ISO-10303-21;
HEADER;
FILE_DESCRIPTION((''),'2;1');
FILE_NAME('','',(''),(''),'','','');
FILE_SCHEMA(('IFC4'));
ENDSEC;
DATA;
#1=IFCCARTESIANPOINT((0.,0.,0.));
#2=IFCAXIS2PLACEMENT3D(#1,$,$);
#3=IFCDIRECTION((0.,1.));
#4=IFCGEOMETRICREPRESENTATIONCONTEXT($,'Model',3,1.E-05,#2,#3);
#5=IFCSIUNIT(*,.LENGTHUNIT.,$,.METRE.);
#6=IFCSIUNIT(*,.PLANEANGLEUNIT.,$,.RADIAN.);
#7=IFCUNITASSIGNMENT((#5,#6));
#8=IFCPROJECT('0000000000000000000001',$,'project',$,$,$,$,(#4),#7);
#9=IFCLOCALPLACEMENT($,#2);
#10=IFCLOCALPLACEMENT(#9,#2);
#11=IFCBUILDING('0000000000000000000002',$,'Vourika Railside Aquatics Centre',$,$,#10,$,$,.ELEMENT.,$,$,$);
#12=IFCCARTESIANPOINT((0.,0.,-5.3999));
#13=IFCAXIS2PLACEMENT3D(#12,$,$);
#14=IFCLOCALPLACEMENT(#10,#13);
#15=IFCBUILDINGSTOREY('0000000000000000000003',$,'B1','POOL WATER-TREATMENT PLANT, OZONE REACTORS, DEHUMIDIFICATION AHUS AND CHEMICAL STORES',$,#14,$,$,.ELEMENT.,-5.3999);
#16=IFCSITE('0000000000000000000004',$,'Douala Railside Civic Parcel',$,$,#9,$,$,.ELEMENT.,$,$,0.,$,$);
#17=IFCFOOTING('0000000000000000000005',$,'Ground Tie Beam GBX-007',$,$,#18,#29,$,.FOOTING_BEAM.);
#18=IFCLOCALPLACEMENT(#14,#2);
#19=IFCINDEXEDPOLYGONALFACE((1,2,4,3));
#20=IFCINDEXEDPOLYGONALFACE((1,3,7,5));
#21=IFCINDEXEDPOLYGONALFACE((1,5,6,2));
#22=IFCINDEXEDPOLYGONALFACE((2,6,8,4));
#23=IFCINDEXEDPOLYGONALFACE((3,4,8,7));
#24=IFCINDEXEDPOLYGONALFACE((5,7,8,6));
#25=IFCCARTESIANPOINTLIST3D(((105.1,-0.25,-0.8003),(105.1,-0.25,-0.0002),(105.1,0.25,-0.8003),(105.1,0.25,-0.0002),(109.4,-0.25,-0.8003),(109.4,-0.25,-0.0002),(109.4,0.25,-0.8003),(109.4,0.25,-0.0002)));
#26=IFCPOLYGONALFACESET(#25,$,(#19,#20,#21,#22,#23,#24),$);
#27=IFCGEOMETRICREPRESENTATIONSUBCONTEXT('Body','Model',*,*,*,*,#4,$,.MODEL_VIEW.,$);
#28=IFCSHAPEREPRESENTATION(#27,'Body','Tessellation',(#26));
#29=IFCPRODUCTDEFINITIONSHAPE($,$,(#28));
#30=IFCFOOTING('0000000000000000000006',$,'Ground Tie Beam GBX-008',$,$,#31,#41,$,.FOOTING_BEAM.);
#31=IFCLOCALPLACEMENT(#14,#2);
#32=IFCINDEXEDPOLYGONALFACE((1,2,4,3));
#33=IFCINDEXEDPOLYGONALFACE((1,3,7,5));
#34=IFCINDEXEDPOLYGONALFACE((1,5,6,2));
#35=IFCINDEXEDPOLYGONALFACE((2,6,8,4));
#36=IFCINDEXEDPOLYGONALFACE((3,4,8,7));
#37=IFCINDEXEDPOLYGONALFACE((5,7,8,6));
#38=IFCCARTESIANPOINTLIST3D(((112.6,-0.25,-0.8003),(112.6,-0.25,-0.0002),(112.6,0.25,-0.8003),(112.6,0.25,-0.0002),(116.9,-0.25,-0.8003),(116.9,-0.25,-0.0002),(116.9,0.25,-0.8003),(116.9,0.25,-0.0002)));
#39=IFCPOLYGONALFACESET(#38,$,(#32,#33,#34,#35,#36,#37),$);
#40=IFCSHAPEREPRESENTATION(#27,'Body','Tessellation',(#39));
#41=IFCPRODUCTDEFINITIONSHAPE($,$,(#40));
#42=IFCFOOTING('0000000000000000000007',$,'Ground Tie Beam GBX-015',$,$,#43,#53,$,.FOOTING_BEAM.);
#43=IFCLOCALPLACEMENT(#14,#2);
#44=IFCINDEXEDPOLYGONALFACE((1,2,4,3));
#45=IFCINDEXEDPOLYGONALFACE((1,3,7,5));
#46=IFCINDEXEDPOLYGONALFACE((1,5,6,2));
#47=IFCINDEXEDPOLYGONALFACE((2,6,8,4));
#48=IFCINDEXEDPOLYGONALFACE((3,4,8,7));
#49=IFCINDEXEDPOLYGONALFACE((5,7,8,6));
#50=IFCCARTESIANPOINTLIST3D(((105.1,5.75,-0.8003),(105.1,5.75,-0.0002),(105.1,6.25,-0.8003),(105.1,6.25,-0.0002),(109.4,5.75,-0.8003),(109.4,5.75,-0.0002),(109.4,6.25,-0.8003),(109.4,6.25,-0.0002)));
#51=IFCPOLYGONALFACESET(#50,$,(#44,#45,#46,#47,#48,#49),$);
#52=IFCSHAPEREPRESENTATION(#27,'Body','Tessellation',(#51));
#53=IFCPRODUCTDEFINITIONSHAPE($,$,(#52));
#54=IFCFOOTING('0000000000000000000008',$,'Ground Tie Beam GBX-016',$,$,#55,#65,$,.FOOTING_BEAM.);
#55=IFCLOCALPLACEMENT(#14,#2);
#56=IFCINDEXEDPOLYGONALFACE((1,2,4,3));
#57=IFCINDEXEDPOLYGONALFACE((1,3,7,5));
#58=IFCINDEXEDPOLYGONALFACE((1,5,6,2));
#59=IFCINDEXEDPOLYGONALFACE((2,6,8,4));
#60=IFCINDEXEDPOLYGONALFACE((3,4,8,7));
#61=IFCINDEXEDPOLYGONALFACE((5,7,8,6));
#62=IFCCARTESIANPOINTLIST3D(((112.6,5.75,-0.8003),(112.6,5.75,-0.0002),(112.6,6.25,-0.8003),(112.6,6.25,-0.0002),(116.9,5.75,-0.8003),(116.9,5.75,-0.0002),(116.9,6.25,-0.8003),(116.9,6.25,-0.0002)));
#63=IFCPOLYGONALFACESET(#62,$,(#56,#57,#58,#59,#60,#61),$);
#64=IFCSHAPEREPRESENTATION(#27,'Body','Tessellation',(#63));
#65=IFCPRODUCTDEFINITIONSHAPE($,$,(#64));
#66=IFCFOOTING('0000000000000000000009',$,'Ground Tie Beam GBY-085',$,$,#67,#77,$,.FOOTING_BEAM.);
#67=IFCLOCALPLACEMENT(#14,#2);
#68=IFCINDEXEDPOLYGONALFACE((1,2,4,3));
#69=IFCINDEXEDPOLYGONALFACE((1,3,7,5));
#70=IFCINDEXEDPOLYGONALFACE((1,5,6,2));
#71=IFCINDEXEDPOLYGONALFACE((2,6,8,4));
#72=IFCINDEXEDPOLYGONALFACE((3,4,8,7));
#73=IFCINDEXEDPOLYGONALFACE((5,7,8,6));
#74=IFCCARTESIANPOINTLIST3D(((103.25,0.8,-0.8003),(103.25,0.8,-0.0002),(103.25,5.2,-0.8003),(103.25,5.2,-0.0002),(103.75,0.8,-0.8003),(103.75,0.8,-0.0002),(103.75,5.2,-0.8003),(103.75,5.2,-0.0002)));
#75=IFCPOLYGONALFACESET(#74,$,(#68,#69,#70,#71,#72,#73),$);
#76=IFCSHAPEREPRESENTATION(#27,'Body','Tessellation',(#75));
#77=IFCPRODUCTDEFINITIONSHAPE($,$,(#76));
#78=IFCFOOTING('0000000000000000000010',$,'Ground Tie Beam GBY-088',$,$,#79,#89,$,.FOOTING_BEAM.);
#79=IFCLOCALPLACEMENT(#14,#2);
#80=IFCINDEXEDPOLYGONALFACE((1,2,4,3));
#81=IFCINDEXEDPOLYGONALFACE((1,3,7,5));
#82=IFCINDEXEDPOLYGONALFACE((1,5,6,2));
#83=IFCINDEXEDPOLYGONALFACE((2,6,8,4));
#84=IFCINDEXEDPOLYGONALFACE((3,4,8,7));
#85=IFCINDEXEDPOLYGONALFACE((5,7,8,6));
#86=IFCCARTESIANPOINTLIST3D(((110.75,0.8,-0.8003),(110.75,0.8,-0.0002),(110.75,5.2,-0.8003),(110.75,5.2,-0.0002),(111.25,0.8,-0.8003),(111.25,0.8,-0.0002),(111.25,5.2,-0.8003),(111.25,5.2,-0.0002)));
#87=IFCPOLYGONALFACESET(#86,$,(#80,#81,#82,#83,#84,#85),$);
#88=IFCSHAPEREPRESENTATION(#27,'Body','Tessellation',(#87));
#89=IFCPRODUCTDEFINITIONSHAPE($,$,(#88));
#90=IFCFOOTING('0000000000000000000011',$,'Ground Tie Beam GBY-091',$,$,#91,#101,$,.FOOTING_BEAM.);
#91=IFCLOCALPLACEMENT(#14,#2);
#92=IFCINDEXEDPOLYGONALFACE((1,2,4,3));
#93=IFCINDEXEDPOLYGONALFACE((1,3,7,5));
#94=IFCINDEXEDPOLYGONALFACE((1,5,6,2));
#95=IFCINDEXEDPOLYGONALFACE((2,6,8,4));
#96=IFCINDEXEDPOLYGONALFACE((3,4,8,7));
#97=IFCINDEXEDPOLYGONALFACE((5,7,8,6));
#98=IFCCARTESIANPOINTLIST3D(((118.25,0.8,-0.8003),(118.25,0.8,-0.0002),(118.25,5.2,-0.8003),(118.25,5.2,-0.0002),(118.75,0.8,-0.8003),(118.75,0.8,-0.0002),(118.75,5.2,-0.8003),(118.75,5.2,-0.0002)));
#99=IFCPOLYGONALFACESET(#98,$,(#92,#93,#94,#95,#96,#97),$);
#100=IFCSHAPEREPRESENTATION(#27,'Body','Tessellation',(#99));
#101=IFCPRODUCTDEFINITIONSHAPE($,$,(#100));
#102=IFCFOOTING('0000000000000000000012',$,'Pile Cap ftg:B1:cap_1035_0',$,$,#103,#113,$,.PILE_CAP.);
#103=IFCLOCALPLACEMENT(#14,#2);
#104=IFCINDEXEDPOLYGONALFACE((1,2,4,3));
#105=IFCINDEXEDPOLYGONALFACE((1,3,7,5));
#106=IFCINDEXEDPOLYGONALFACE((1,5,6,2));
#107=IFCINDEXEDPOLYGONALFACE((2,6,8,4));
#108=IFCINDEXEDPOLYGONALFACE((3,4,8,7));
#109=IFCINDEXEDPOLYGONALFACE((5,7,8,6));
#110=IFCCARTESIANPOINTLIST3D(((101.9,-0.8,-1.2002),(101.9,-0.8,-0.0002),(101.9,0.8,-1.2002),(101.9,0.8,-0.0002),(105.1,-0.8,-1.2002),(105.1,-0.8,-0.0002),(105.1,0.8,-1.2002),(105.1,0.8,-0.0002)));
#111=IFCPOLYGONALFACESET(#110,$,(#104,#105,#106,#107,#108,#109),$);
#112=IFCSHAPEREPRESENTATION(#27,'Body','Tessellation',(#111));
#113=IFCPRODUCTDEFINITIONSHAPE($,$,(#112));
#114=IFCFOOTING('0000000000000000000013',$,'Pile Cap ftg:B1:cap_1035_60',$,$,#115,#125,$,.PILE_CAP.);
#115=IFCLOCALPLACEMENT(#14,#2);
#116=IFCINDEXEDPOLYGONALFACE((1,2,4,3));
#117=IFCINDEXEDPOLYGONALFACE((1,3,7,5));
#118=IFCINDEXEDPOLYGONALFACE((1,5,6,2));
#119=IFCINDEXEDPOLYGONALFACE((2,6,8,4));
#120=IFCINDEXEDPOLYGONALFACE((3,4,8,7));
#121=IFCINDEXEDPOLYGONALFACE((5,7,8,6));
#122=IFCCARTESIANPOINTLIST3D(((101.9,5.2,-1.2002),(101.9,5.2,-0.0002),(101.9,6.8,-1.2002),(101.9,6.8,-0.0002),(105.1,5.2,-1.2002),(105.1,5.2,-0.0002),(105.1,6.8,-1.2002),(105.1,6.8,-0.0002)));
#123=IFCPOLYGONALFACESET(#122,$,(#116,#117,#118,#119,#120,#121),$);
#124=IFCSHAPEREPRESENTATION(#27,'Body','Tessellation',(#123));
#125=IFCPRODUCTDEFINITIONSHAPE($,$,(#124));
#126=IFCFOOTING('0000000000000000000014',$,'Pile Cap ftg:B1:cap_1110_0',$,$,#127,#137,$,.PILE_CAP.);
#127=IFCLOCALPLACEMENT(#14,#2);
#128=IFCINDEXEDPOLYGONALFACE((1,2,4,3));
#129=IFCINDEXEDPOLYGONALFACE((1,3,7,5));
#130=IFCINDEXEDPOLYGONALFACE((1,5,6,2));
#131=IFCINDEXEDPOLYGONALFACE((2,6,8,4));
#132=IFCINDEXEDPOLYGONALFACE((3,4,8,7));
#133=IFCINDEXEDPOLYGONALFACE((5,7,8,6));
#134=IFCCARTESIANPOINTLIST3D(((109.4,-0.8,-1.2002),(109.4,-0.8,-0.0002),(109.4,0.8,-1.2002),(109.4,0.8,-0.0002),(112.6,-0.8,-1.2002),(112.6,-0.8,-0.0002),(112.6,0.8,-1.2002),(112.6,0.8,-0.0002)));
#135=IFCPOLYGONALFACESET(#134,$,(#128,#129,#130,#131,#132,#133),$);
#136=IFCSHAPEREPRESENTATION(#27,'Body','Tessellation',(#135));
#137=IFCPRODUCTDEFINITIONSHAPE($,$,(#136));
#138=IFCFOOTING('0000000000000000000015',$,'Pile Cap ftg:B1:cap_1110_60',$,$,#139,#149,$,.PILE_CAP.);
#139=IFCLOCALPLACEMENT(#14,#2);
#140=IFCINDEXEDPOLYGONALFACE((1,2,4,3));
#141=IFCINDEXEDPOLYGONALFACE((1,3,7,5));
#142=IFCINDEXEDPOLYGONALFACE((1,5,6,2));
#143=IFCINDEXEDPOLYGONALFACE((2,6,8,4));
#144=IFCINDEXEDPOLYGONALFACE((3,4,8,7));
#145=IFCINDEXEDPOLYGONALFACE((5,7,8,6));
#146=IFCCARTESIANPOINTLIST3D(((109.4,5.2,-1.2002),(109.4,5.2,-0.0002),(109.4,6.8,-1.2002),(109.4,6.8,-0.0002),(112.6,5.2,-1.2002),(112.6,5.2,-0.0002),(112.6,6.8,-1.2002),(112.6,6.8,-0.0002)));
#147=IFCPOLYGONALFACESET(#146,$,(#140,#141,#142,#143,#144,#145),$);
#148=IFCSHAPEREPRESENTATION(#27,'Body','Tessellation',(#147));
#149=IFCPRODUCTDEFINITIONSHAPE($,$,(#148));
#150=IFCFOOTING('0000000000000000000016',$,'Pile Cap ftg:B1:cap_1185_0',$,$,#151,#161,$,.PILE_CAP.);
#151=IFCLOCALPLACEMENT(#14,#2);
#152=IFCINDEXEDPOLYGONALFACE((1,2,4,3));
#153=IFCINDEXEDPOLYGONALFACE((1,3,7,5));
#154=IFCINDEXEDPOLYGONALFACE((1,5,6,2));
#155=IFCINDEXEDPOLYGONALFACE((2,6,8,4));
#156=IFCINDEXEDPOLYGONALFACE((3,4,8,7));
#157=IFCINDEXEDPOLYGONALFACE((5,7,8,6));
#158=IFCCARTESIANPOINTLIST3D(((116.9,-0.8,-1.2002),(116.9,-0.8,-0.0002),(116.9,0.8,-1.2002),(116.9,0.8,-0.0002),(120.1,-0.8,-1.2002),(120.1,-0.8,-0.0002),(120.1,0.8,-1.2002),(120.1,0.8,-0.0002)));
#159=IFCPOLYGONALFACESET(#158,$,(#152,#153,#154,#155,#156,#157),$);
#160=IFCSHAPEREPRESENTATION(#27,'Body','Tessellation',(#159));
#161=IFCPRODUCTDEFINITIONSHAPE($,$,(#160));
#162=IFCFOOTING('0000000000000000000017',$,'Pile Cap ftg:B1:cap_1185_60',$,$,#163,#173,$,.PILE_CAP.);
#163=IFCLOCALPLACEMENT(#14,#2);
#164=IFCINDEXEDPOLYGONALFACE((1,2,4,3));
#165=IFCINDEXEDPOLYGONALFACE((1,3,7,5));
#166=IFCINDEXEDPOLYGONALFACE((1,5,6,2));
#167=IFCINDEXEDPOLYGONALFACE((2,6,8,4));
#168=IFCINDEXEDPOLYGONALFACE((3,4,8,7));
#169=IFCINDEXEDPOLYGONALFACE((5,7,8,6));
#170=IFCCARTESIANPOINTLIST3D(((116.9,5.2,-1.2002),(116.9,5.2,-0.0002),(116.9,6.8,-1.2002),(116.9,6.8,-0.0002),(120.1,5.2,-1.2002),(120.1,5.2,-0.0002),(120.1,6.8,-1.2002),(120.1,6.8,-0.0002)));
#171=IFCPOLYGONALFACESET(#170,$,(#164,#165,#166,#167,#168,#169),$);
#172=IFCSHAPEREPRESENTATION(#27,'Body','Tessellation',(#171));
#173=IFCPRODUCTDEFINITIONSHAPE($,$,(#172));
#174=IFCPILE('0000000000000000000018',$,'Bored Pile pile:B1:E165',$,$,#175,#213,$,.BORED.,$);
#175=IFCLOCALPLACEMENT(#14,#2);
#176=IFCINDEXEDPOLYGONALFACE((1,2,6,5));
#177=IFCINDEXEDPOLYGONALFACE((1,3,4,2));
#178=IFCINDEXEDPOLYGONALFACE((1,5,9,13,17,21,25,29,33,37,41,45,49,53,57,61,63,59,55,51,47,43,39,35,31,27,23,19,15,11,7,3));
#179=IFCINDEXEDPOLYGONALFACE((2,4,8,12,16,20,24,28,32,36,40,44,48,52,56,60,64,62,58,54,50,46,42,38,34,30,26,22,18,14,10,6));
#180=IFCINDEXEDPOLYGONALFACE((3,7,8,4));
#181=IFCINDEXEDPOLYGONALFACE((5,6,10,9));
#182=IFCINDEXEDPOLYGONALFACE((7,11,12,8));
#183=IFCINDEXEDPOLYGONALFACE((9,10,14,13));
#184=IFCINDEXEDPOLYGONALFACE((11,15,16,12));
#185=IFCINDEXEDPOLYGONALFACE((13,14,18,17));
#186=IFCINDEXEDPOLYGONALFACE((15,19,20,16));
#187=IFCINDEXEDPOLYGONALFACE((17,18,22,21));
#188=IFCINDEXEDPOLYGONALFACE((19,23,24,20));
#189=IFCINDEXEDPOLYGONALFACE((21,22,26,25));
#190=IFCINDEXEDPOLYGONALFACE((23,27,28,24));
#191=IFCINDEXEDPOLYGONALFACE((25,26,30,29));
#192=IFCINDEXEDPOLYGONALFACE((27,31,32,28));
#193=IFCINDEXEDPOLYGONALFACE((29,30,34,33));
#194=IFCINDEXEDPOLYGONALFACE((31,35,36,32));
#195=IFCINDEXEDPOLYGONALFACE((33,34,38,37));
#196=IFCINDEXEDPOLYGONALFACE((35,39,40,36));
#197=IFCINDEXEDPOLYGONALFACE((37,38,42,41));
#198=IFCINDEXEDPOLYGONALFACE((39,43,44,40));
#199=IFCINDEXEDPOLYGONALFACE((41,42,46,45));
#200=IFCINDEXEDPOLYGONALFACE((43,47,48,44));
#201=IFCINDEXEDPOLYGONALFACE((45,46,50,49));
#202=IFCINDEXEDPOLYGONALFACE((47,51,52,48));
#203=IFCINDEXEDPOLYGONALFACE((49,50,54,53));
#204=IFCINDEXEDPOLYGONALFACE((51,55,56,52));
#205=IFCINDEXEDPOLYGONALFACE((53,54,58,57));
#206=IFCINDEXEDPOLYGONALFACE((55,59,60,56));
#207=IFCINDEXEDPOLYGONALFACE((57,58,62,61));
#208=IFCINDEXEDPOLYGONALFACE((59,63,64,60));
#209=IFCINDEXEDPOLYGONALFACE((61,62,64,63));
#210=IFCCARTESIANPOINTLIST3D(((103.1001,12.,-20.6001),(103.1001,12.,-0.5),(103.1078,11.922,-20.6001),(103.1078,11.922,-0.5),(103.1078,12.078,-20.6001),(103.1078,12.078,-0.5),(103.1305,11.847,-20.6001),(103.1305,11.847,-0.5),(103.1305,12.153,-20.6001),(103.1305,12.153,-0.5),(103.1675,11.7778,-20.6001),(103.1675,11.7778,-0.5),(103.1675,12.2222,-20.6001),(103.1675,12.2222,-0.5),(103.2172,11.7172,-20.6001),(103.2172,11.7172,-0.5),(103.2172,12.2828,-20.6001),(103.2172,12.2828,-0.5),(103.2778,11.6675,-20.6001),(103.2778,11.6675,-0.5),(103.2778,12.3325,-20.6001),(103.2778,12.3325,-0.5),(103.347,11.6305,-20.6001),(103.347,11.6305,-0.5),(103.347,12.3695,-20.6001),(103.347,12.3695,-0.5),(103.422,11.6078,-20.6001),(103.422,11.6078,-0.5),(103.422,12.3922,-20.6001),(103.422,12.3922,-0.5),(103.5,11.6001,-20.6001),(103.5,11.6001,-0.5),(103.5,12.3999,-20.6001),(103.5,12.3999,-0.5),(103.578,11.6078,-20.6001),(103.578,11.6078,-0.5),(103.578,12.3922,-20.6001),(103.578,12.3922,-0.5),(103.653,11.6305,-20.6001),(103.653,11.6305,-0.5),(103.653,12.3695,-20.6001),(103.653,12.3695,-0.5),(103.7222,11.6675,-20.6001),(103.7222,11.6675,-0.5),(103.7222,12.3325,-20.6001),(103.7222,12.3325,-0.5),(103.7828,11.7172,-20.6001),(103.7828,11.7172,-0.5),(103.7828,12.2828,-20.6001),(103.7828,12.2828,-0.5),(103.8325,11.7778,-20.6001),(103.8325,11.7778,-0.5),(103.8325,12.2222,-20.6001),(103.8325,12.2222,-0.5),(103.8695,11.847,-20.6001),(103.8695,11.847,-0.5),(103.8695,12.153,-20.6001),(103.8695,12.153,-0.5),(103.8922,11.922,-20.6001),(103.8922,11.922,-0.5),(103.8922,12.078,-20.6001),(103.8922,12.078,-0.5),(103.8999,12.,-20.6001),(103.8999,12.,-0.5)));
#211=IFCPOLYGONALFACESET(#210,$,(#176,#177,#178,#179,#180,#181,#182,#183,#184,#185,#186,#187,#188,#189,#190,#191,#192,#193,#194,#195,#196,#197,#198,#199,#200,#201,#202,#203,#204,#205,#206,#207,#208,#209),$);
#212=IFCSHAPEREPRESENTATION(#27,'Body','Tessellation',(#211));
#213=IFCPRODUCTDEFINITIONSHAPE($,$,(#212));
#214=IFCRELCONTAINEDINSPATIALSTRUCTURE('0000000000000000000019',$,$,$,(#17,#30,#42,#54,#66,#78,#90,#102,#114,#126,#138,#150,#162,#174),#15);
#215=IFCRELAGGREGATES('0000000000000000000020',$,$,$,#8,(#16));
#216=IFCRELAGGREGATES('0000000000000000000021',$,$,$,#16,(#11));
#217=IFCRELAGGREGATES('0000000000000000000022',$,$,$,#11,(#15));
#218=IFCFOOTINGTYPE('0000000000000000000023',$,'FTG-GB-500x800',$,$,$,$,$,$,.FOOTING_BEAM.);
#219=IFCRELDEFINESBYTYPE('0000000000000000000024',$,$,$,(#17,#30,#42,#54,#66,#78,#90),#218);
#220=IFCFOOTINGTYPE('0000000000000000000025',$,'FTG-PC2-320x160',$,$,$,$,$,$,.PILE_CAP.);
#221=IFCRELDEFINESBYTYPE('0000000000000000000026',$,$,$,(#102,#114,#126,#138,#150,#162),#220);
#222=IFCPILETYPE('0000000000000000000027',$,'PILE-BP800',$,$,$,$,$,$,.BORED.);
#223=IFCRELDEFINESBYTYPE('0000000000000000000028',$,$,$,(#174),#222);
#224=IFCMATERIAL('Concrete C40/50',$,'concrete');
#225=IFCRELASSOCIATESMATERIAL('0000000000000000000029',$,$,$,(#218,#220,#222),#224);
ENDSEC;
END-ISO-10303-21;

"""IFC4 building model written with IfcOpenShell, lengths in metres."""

from ifc_helpers import new_model, si_unit, direction, frame, origin, origin_2d, place, context, subcontext, project, spatial, rectangle, circle, extrude, material, material_profile, profile_set, type_object, element, save


model = new_model("IFC4")

# Units and contexts
model_context = context("Model", 3, precision=1e-05, world=origin(), true_north=direction((0.0, 1.0)))
body_context = subcontext(model_context, "Body", "Model", "MODEL_VIEW")
ifc_project = project(units=[si_unit("LENGTHUNIT", "METRE"), si_unit("PLANEANGLEUNIT", "RADIAN")], contexts=[model_context])

# Site, building, storey
site_placement = place(None, origin())
site = spatial("IfcSite", under=ifc_project, at=site_placement, Name="Douala Railside Civic Parcel", CompositionType="ELEMENT", RefElevation=0.0)
building_placement = place(site_placement, origin())
building = spatial("IfcBuilding", under=site, at=building_placement, Name="Vourika Railside Aquatics Centre", CompositionType="ELEMENT")
storey_placement = place(building_placement, frame((0.0, 0.0, -5.3999)))
storey = spatial("IfcBuildingStorey", under=building, at=storey_placement, Name="B1", Description="POOL WATER-TREATMENT PLANT, OZONE REACTORS, DEHUMIDIFICATION AHUS AND CHEMICAL STORES", CompositionType="ELEMENT", Elevation=-5.3999)

# Footings
ifc_material_1 = material(Name="Concrete C40/50", Category="concrete")
footing_type_1 = type_object("IfcFootingType", Name="FTG-GB-500x800", PredefinedType="FOOTING_BEAM", material=ifc_material_1)
for number, where, z_axis, x_axis, name in (
    (1, (107.25, 0.0, -0.8003), (0.0, 0.0, 1.0), (1.0, 0.0, 0.0), "Ground Tie Beam GBX-007"),
    (2, (114.75, 0.0, -0.8003), (0.0, 0.0, 1.0), (1.0, 0.0, 0.0), "Ground Tie Beam GBX-008"),
    (3, (107.25, 6.0, -0.8003), (0.0, 0.0, 1.0), (1.0, 0.0, 0.0), "Ground Tie Beam GBX-015"),
    (4, (114.75, 6.0, -0.8003), (0.0, 0.0, 1.0), (1.0, 0.0, 0.0), "Ground Tie Beam GBX-016"),
):
    element("IfcFooting", number, at=place(storey_placement, frame(where, z_axis=z_axis, x_axis=x_axis)), inside=storey, type_object=footing_type_1, Name=name, PredefinedType="FOOTING_BEAM", context=body_context, shape_type="SweptSolid", body=[
        extrude(rectangle(XDim=4.3, YDim=0.5, at=origin_2d()), origin(), (0.0, 0.0, 1.0), 0.8),
    ])
for number, where, z_axis, x_axis, name in (
    (5, (103.5, 3.0, -0.8003), (0.0, 0.0, 1.0), (0.0, 1.0, 0.0), "Ground Tie Beam GBY-085"),
    (6, (111.0, 3.0, -0.8003), (0.0, 0.0, 1.0), (0.0, 1.0, 0.0), "Ground Tie Beam GBY-088"),
    (7, (118.5, 3.0, -0.8003), (0.0, 0.0, 1.0), (0.0, 1.0, 0.0), "Ground Tie Beam GBY-091"),
):
    element("IfcFooting", number, at=place(storey_placement, frame(where, z_axis=z_axis, x_axis=x_axis)), inside=storey, type_object=footing_type_1, Name=name, PredefinedType="FOOTING_BEAM", context=body_context, shape_type="SweptSolid", body=[
        extrude(rectangle(XDim=4.3999, YDim=0.5, at=origin_2d()), origin(), (0.0, 0.0, 1.0), 0.8),
    ])
footing_type_2 = type_object("IfcFootingType", Name="FTG-PC2-320x160", PredefinedType="PILE_CAP", material=ifc_material_1)
for number, where, z_axis, x_axis, name in (
    (8, (103.5, 0.0, -1.2002), (0.0, 0.0, 1.0), (1.0, 0.0, 0.0), "Pile Cap ftg:B1:cap_1035_0"),
    (9, (103.5, 6.0, -1.2002), (0.0, 0.0, 1.0), (1.0, 0.0, 0.0), "Pile Cap ftg:B1:cap_1035_60"),
    (10, (111.0, 0.0, -1.2002), (0.0, 0.0, 1.0), (1.0, 0.0, 0.0), "Pile Cap ftg:B1:cap_1110_0"),
    (11, (111.0, 6.0, -1.2002), (0.0, 0.0, 1.0), (1.0, 0.0, 0.0), "Pile Cap ftg:B1:cap_1110_60"),
    (12, (118.5, 0.0, -1.2002), (0.0, 0.0, 1.0), (1.0, 0.0, 0.0), "Pile Cap ftg:B1:cap_1185_0"),
    (13, (118.5, 6.0, -1.2002), (0.0, 0.0, 1.0), (1.0, 0.0, 0.0), "Pile Cap ftg:B1:cap_1185_60"),
):
    element("IfcFooting", number, at=place(storey_placement, frame(where, z_axis=z_axis, x_axis=x_axis)), inside=storey, type_object=footing_type_2, Name=name, PredefinedType="PILE_CAP", context=body_context, shape_type="SweptSolid", body=[
        extrude(rectangle(XDim=3.2, YDim=1.6001, at=origin_2d()), origin(), (0.0, 0.0, 1.0), 1.2),
    ])

# Pile
ifc_material_profile_1 = material_profile(ifc_material_1, circle(Radius=0.3999, at=origin_2d()), Name="BP 800")
ifc_profile_set_1 = profile_set([ifc_material_profile_1], Name="Concrete C40/50")
pile_type = type_object("IfcPileType", Name="PILE-BP800", PredefinedType="BORED", material=ifc_profile_set_1)
pile_1_placement = place(storey_placement, frame((103.5, 12.0, -0.5), z_axis=(0.0, 0.0, -1.0), x_axis=(1.0, 0.0, 0.0)))
element("IfcPile", 14, at=pile_1_placement, inside=storey, type_object=pile_type, Name="Bored Pile pile:B1:E165", PredefinedType="BORED", context=body_context, shape_type="SweptSolid", body=[
    extrude(circle(Radius=0.3999, at=origin_2d()), origin(), (0.0, 0.0, 1.0), 20.1001),
])

save(model, "model.ifc")
